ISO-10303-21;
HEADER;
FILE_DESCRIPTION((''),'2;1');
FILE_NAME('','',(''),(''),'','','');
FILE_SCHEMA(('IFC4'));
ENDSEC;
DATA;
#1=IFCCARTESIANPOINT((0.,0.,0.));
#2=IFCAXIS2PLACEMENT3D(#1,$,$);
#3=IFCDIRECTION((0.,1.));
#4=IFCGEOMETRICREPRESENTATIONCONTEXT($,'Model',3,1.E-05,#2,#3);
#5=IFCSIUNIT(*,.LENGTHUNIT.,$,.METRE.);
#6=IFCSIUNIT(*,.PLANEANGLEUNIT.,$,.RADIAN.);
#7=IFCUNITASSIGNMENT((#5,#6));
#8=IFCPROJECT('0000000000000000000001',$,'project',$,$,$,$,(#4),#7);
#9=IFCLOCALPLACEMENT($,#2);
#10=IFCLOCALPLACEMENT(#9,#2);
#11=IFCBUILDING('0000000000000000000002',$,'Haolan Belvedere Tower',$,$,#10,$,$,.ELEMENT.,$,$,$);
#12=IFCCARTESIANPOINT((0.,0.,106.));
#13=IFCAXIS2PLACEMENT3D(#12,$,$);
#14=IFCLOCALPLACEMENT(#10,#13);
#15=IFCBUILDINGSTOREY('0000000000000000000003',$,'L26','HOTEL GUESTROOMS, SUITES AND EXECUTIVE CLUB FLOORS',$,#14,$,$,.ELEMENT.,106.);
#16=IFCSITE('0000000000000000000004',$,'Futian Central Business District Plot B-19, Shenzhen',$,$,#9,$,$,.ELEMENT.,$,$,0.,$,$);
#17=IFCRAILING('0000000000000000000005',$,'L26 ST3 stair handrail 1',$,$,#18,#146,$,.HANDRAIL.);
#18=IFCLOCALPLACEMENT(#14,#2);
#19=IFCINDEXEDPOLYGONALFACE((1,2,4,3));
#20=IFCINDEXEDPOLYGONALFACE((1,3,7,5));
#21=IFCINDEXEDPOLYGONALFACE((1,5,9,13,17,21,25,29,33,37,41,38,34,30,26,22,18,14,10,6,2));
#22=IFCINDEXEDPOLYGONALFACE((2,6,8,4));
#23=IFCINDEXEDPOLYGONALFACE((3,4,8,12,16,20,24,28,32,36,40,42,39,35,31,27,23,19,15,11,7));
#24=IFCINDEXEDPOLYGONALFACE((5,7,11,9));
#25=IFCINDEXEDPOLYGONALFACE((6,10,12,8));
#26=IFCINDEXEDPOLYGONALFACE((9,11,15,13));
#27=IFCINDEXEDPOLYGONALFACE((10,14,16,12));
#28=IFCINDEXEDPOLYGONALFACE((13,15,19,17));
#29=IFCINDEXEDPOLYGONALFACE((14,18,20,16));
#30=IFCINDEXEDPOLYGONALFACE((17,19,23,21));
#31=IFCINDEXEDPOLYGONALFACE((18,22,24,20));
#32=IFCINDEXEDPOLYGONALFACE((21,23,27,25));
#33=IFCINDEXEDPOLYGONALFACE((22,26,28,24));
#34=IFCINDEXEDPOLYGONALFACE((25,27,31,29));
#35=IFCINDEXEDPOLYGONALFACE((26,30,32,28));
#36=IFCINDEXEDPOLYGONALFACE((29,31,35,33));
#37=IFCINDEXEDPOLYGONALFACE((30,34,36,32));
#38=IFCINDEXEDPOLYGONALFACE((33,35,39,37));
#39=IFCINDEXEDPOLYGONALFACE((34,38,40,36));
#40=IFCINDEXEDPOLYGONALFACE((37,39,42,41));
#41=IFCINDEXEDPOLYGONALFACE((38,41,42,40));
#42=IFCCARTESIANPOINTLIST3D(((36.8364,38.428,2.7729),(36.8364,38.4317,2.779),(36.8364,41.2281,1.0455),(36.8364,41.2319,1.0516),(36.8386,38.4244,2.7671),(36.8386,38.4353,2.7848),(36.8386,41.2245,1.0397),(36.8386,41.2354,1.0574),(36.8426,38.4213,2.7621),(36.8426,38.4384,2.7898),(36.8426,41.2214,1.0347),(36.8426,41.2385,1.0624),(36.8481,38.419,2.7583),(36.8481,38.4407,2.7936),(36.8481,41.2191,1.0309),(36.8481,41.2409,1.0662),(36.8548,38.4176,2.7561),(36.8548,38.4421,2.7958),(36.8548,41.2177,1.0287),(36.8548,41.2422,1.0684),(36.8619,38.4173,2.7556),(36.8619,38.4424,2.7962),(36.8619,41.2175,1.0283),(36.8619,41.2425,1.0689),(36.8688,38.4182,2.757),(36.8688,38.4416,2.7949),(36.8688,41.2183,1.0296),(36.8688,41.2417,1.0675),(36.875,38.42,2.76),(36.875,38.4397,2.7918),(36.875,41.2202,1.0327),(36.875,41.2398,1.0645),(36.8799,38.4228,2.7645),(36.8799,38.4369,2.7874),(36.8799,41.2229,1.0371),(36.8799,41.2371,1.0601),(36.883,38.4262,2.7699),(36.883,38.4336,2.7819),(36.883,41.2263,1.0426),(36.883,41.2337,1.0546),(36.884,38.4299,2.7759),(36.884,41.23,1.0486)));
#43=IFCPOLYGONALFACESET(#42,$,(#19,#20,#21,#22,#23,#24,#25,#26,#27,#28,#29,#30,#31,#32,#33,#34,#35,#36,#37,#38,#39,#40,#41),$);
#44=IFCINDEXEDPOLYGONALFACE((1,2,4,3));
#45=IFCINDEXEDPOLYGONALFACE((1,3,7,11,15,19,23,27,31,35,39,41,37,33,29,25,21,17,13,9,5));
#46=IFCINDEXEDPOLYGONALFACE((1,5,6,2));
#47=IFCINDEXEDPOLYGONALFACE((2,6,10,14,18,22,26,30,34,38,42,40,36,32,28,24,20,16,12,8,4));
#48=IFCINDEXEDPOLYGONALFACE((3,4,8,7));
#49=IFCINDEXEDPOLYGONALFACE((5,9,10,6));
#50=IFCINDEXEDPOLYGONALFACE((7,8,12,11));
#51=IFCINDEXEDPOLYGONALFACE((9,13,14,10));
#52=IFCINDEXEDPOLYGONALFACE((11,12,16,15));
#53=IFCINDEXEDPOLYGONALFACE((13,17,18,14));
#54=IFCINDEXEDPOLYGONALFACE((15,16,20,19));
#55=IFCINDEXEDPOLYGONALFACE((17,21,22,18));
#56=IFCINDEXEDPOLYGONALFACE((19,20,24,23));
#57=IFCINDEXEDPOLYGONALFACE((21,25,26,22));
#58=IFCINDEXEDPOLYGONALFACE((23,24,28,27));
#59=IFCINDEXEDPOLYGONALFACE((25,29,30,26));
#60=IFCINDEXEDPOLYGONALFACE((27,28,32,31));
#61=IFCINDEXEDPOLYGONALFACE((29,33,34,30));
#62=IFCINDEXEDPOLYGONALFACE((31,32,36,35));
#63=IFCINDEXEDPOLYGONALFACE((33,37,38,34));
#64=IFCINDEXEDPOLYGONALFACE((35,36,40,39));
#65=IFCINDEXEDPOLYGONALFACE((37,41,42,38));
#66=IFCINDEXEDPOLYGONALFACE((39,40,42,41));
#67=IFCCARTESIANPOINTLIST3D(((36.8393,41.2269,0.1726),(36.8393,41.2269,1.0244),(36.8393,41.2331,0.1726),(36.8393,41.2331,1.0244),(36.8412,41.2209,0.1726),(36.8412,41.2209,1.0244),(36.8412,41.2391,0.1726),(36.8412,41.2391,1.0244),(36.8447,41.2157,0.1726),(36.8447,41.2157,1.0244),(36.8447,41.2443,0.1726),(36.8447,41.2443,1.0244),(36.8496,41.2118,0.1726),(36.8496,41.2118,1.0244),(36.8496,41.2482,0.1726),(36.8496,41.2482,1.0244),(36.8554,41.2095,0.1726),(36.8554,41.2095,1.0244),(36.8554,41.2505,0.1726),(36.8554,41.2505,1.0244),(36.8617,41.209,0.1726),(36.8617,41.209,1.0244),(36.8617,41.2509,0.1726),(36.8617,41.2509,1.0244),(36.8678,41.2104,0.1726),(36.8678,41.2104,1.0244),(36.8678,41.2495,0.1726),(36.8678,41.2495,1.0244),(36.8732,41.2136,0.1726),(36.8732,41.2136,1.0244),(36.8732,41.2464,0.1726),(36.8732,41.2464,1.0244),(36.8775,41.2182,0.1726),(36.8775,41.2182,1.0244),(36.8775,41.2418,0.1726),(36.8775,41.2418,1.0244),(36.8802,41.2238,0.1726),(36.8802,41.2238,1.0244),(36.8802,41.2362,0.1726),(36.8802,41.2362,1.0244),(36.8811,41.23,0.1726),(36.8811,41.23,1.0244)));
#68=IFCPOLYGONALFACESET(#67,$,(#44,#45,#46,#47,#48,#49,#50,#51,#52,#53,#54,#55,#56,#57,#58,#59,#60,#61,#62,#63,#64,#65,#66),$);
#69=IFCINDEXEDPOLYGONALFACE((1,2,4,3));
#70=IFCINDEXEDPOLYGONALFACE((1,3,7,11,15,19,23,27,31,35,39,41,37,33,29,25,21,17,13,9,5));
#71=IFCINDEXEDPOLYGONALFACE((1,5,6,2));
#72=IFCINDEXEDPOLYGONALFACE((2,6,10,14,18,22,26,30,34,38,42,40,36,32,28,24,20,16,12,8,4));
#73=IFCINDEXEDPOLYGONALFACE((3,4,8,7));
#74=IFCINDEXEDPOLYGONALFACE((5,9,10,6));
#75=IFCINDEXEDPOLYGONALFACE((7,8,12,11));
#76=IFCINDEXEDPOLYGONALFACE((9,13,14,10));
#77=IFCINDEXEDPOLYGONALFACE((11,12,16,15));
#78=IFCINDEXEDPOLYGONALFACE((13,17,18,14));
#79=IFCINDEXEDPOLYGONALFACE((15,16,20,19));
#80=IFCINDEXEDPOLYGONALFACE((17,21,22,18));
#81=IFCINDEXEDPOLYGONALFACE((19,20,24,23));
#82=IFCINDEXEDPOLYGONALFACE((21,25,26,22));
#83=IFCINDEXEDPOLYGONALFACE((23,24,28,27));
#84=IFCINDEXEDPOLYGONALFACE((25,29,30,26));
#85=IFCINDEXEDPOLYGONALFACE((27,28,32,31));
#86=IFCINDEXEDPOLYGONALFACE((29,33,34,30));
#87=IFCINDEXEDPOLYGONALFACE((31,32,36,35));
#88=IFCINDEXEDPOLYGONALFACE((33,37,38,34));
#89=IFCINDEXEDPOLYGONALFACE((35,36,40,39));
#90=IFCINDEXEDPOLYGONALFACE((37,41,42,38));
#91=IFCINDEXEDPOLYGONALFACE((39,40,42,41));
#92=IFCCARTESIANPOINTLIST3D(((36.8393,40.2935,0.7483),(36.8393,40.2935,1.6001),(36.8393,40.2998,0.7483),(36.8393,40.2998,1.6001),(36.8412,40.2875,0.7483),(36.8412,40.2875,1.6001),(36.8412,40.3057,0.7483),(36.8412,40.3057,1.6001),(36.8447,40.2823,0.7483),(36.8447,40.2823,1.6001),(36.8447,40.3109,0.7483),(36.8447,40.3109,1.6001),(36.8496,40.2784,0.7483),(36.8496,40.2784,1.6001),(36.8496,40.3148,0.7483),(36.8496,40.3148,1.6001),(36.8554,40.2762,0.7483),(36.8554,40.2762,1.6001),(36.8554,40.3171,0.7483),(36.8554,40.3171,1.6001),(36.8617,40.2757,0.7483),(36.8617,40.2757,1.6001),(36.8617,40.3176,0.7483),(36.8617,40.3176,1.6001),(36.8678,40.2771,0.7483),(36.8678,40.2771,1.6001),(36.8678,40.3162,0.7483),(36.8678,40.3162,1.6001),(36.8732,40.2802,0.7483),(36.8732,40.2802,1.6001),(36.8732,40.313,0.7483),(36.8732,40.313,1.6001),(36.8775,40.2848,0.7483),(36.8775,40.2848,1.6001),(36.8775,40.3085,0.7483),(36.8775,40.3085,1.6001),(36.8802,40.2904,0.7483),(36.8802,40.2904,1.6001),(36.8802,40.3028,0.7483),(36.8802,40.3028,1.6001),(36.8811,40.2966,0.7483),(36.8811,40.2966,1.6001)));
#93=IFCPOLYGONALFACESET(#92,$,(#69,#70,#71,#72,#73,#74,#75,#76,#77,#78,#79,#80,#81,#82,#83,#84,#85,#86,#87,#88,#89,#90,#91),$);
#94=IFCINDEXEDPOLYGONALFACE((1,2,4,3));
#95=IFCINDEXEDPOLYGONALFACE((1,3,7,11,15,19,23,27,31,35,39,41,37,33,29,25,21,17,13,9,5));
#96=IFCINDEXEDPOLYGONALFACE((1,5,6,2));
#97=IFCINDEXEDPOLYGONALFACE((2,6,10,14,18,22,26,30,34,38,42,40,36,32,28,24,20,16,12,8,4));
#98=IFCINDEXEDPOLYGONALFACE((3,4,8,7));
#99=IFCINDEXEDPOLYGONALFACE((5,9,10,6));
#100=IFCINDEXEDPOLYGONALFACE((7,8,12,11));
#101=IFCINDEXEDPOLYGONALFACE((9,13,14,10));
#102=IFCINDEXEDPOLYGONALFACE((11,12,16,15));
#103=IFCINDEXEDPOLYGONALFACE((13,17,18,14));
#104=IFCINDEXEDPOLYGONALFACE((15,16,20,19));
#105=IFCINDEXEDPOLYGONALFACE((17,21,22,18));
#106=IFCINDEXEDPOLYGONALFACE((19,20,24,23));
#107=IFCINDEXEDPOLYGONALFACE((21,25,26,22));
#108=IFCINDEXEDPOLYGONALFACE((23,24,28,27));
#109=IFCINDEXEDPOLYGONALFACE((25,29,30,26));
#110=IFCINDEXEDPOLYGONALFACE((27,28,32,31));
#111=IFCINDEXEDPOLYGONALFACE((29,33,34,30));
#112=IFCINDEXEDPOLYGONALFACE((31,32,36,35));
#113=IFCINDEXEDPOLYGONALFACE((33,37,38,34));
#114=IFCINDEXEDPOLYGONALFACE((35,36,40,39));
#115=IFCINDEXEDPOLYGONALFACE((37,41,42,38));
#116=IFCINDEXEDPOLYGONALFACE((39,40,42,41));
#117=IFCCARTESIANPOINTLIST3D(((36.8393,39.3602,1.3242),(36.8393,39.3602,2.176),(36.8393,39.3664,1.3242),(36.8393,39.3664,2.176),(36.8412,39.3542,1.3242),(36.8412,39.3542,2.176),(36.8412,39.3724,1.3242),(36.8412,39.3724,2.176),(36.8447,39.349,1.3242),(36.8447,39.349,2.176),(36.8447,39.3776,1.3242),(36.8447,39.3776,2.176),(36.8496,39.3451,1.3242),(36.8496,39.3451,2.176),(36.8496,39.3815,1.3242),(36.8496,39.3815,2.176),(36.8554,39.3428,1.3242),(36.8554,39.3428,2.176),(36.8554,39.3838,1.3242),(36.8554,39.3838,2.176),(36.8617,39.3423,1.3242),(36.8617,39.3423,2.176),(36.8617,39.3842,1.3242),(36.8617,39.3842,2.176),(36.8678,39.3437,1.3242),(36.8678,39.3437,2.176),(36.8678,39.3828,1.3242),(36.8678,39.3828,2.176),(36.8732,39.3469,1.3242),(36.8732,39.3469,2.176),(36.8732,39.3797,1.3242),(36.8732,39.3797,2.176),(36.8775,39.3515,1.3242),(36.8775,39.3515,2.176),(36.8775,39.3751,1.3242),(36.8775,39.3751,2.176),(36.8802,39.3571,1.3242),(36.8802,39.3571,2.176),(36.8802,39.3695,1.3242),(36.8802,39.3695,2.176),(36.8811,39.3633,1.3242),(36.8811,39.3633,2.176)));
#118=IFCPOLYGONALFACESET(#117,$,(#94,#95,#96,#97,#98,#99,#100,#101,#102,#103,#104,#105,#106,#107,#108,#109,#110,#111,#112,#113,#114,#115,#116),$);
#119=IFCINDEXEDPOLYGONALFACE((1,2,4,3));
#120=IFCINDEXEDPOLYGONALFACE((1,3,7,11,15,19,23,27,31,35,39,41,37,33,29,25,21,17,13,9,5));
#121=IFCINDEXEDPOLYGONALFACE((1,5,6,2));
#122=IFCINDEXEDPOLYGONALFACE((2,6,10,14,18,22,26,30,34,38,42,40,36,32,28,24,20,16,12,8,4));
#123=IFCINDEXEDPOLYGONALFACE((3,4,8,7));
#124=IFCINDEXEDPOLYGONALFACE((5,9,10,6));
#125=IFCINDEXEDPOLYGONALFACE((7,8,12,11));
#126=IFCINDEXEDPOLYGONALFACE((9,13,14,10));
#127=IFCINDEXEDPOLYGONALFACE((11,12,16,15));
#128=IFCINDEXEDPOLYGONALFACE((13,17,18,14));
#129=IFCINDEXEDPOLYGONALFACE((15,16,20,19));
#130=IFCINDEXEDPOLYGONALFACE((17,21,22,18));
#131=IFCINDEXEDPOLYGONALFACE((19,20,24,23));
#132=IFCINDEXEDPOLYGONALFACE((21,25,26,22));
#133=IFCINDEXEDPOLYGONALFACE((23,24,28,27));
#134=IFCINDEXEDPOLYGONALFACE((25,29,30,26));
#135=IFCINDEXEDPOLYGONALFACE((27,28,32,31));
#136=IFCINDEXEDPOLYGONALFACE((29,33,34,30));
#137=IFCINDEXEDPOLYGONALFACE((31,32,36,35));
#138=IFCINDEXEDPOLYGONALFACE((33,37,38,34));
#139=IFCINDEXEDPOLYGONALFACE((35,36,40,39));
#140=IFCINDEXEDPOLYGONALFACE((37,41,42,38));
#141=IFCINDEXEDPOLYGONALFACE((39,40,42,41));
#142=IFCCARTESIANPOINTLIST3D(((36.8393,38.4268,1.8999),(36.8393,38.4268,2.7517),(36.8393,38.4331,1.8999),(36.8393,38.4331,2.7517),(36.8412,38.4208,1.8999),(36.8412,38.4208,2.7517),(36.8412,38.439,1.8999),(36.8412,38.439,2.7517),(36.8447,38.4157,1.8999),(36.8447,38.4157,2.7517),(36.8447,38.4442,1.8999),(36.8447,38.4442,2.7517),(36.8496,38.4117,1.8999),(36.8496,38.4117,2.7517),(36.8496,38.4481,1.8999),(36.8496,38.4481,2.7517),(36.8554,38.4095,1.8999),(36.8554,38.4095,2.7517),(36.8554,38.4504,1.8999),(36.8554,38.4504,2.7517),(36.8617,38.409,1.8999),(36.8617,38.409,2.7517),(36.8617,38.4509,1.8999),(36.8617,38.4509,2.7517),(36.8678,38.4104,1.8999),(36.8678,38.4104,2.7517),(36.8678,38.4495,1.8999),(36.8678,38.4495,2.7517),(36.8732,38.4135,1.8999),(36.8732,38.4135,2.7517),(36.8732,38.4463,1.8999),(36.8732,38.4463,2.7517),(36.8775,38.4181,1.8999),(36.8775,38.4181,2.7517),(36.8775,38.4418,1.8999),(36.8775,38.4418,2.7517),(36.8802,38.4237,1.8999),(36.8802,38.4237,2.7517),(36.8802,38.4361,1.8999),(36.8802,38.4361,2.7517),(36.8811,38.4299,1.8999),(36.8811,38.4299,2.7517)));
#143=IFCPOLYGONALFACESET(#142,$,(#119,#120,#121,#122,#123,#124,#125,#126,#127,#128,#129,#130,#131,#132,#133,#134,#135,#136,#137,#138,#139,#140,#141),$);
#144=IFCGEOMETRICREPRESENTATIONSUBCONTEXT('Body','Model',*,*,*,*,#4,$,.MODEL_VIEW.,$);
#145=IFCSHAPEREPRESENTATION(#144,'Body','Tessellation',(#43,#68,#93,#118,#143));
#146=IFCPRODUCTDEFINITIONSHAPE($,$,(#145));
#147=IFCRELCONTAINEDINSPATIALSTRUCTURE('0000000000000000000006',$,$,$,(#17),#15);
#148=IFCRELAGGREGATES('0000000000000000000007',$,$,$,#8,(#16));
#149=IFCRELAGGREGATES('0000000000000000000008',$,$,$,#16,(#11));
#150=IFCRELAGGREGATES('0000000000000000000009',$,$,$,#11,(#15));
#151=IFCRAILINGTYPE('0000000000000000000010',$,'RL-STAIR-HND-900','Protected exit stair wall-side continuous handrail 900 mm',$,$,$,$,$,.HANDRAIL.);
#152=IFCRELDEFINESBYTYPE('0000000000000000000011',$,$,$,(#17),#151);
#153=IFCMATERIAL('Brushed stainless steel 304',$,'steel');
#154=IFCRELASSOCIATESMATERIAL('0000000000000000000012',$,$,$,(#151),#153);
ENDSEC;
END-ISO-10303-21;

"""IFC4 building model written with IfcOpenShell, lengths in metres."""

from ifc_helpers import new_model, si_unit, direction, frame, origin, origin_2d, place, context, subcontext, project, spatial, circle, extrude, material, type_object, element, save


model = new_model("IFC4")

# Units and contexts
model_context = context("Model", 3, precision=1e-05, world=origin(), true_north=direction((0.0, 1.0)))
body_context = subcontext(model_context, "Body", "Model", "MODEL_VIEW")
ifc_project = project(units=[si_unit("LENGTHUNIT", "METRE"), si_unit("PLANEANGLEUNIT", "RADIAN")], contexts=[model_context])

# Site, building, storey
site_placement = place(None, origin())
site = spatial("IfcSite", under=ifc_project, at=site_placement, Name="Futian Central Business District Plot B-19, Shenzhen", CompositionType="ELEMENT", RefElevation=0.0)
building_placement = place(site_placement, origin())
building = spatial("IfcBuilding", under=site, at=building_placement, Name="Haolan Belvedere Tower", CompositionType="ELEMENT")
storey_placement = place(building_placement, frame((0.0, 0.0, 106.0)))
storey = spatial("IfcBuildingStorey", under=building, at=storey_placement, Name="L26", Description="HOTEL GUESTROOMS, SUITES AND EXECUTIVE CLUB FLOORS", CompositionType="ELEMENT", Elevation=106.0)

# Railing
ifc_material_1 = material(Name="Brushed stainless steel 304", Category="steel")
railing_type_1 = type_object("IfcRailingType", Name="RL-STAIR-HND-900", Description="Protected exit stair wall-side continuous handrail 900 mm", PredefinedType="HANDRAIL", material=ifc_material_1)
railing_1_placement = place(storey_placement, frame((36.8601, 41.23, 0.1726)))
element("IfcRailing", 1, at=railing_1_placement, inside=storey, type_object=railing_type_1, Name="L26 ST3 stair handrail 1", PredefinedType="HANDRAIL", context=body_context, shape_type="SweptSolid", body=[
    extrude(circle(Radius=0.0239, at=origin_2d()), frame((0.0, 0.0, 0.876), z_axis=(0.0, -0.85109, 0.52502), x_axis=(1.0, 0.0, 0.0)), (0.0, 0.0, 1.0), 3.29),
    extrude(circle(Radius=0.021, at=origin_2d()), origin(), (0.0, 0.0, 1.0), 0.8518),
    extrude(circle(Radius=0.021, at=origin_2d()), frame((0.0, -0.9333, 0.5757)), (0.0, 0.0, 1.0), 0.8518),
    extrude(circle(Radius=0.021, at=origin_2d()), frame((0.0, -1.8667, 1.1516)), (0.0, 0.0, 1.0), 0.8518),
    extrude(circle(Radius=0.021, at=origin_2d()), frame((0.0, -2.8, 1.7273)), (0.0, 0.0, 1.0), 0.8518),
])

save(model, "model.ifc")
